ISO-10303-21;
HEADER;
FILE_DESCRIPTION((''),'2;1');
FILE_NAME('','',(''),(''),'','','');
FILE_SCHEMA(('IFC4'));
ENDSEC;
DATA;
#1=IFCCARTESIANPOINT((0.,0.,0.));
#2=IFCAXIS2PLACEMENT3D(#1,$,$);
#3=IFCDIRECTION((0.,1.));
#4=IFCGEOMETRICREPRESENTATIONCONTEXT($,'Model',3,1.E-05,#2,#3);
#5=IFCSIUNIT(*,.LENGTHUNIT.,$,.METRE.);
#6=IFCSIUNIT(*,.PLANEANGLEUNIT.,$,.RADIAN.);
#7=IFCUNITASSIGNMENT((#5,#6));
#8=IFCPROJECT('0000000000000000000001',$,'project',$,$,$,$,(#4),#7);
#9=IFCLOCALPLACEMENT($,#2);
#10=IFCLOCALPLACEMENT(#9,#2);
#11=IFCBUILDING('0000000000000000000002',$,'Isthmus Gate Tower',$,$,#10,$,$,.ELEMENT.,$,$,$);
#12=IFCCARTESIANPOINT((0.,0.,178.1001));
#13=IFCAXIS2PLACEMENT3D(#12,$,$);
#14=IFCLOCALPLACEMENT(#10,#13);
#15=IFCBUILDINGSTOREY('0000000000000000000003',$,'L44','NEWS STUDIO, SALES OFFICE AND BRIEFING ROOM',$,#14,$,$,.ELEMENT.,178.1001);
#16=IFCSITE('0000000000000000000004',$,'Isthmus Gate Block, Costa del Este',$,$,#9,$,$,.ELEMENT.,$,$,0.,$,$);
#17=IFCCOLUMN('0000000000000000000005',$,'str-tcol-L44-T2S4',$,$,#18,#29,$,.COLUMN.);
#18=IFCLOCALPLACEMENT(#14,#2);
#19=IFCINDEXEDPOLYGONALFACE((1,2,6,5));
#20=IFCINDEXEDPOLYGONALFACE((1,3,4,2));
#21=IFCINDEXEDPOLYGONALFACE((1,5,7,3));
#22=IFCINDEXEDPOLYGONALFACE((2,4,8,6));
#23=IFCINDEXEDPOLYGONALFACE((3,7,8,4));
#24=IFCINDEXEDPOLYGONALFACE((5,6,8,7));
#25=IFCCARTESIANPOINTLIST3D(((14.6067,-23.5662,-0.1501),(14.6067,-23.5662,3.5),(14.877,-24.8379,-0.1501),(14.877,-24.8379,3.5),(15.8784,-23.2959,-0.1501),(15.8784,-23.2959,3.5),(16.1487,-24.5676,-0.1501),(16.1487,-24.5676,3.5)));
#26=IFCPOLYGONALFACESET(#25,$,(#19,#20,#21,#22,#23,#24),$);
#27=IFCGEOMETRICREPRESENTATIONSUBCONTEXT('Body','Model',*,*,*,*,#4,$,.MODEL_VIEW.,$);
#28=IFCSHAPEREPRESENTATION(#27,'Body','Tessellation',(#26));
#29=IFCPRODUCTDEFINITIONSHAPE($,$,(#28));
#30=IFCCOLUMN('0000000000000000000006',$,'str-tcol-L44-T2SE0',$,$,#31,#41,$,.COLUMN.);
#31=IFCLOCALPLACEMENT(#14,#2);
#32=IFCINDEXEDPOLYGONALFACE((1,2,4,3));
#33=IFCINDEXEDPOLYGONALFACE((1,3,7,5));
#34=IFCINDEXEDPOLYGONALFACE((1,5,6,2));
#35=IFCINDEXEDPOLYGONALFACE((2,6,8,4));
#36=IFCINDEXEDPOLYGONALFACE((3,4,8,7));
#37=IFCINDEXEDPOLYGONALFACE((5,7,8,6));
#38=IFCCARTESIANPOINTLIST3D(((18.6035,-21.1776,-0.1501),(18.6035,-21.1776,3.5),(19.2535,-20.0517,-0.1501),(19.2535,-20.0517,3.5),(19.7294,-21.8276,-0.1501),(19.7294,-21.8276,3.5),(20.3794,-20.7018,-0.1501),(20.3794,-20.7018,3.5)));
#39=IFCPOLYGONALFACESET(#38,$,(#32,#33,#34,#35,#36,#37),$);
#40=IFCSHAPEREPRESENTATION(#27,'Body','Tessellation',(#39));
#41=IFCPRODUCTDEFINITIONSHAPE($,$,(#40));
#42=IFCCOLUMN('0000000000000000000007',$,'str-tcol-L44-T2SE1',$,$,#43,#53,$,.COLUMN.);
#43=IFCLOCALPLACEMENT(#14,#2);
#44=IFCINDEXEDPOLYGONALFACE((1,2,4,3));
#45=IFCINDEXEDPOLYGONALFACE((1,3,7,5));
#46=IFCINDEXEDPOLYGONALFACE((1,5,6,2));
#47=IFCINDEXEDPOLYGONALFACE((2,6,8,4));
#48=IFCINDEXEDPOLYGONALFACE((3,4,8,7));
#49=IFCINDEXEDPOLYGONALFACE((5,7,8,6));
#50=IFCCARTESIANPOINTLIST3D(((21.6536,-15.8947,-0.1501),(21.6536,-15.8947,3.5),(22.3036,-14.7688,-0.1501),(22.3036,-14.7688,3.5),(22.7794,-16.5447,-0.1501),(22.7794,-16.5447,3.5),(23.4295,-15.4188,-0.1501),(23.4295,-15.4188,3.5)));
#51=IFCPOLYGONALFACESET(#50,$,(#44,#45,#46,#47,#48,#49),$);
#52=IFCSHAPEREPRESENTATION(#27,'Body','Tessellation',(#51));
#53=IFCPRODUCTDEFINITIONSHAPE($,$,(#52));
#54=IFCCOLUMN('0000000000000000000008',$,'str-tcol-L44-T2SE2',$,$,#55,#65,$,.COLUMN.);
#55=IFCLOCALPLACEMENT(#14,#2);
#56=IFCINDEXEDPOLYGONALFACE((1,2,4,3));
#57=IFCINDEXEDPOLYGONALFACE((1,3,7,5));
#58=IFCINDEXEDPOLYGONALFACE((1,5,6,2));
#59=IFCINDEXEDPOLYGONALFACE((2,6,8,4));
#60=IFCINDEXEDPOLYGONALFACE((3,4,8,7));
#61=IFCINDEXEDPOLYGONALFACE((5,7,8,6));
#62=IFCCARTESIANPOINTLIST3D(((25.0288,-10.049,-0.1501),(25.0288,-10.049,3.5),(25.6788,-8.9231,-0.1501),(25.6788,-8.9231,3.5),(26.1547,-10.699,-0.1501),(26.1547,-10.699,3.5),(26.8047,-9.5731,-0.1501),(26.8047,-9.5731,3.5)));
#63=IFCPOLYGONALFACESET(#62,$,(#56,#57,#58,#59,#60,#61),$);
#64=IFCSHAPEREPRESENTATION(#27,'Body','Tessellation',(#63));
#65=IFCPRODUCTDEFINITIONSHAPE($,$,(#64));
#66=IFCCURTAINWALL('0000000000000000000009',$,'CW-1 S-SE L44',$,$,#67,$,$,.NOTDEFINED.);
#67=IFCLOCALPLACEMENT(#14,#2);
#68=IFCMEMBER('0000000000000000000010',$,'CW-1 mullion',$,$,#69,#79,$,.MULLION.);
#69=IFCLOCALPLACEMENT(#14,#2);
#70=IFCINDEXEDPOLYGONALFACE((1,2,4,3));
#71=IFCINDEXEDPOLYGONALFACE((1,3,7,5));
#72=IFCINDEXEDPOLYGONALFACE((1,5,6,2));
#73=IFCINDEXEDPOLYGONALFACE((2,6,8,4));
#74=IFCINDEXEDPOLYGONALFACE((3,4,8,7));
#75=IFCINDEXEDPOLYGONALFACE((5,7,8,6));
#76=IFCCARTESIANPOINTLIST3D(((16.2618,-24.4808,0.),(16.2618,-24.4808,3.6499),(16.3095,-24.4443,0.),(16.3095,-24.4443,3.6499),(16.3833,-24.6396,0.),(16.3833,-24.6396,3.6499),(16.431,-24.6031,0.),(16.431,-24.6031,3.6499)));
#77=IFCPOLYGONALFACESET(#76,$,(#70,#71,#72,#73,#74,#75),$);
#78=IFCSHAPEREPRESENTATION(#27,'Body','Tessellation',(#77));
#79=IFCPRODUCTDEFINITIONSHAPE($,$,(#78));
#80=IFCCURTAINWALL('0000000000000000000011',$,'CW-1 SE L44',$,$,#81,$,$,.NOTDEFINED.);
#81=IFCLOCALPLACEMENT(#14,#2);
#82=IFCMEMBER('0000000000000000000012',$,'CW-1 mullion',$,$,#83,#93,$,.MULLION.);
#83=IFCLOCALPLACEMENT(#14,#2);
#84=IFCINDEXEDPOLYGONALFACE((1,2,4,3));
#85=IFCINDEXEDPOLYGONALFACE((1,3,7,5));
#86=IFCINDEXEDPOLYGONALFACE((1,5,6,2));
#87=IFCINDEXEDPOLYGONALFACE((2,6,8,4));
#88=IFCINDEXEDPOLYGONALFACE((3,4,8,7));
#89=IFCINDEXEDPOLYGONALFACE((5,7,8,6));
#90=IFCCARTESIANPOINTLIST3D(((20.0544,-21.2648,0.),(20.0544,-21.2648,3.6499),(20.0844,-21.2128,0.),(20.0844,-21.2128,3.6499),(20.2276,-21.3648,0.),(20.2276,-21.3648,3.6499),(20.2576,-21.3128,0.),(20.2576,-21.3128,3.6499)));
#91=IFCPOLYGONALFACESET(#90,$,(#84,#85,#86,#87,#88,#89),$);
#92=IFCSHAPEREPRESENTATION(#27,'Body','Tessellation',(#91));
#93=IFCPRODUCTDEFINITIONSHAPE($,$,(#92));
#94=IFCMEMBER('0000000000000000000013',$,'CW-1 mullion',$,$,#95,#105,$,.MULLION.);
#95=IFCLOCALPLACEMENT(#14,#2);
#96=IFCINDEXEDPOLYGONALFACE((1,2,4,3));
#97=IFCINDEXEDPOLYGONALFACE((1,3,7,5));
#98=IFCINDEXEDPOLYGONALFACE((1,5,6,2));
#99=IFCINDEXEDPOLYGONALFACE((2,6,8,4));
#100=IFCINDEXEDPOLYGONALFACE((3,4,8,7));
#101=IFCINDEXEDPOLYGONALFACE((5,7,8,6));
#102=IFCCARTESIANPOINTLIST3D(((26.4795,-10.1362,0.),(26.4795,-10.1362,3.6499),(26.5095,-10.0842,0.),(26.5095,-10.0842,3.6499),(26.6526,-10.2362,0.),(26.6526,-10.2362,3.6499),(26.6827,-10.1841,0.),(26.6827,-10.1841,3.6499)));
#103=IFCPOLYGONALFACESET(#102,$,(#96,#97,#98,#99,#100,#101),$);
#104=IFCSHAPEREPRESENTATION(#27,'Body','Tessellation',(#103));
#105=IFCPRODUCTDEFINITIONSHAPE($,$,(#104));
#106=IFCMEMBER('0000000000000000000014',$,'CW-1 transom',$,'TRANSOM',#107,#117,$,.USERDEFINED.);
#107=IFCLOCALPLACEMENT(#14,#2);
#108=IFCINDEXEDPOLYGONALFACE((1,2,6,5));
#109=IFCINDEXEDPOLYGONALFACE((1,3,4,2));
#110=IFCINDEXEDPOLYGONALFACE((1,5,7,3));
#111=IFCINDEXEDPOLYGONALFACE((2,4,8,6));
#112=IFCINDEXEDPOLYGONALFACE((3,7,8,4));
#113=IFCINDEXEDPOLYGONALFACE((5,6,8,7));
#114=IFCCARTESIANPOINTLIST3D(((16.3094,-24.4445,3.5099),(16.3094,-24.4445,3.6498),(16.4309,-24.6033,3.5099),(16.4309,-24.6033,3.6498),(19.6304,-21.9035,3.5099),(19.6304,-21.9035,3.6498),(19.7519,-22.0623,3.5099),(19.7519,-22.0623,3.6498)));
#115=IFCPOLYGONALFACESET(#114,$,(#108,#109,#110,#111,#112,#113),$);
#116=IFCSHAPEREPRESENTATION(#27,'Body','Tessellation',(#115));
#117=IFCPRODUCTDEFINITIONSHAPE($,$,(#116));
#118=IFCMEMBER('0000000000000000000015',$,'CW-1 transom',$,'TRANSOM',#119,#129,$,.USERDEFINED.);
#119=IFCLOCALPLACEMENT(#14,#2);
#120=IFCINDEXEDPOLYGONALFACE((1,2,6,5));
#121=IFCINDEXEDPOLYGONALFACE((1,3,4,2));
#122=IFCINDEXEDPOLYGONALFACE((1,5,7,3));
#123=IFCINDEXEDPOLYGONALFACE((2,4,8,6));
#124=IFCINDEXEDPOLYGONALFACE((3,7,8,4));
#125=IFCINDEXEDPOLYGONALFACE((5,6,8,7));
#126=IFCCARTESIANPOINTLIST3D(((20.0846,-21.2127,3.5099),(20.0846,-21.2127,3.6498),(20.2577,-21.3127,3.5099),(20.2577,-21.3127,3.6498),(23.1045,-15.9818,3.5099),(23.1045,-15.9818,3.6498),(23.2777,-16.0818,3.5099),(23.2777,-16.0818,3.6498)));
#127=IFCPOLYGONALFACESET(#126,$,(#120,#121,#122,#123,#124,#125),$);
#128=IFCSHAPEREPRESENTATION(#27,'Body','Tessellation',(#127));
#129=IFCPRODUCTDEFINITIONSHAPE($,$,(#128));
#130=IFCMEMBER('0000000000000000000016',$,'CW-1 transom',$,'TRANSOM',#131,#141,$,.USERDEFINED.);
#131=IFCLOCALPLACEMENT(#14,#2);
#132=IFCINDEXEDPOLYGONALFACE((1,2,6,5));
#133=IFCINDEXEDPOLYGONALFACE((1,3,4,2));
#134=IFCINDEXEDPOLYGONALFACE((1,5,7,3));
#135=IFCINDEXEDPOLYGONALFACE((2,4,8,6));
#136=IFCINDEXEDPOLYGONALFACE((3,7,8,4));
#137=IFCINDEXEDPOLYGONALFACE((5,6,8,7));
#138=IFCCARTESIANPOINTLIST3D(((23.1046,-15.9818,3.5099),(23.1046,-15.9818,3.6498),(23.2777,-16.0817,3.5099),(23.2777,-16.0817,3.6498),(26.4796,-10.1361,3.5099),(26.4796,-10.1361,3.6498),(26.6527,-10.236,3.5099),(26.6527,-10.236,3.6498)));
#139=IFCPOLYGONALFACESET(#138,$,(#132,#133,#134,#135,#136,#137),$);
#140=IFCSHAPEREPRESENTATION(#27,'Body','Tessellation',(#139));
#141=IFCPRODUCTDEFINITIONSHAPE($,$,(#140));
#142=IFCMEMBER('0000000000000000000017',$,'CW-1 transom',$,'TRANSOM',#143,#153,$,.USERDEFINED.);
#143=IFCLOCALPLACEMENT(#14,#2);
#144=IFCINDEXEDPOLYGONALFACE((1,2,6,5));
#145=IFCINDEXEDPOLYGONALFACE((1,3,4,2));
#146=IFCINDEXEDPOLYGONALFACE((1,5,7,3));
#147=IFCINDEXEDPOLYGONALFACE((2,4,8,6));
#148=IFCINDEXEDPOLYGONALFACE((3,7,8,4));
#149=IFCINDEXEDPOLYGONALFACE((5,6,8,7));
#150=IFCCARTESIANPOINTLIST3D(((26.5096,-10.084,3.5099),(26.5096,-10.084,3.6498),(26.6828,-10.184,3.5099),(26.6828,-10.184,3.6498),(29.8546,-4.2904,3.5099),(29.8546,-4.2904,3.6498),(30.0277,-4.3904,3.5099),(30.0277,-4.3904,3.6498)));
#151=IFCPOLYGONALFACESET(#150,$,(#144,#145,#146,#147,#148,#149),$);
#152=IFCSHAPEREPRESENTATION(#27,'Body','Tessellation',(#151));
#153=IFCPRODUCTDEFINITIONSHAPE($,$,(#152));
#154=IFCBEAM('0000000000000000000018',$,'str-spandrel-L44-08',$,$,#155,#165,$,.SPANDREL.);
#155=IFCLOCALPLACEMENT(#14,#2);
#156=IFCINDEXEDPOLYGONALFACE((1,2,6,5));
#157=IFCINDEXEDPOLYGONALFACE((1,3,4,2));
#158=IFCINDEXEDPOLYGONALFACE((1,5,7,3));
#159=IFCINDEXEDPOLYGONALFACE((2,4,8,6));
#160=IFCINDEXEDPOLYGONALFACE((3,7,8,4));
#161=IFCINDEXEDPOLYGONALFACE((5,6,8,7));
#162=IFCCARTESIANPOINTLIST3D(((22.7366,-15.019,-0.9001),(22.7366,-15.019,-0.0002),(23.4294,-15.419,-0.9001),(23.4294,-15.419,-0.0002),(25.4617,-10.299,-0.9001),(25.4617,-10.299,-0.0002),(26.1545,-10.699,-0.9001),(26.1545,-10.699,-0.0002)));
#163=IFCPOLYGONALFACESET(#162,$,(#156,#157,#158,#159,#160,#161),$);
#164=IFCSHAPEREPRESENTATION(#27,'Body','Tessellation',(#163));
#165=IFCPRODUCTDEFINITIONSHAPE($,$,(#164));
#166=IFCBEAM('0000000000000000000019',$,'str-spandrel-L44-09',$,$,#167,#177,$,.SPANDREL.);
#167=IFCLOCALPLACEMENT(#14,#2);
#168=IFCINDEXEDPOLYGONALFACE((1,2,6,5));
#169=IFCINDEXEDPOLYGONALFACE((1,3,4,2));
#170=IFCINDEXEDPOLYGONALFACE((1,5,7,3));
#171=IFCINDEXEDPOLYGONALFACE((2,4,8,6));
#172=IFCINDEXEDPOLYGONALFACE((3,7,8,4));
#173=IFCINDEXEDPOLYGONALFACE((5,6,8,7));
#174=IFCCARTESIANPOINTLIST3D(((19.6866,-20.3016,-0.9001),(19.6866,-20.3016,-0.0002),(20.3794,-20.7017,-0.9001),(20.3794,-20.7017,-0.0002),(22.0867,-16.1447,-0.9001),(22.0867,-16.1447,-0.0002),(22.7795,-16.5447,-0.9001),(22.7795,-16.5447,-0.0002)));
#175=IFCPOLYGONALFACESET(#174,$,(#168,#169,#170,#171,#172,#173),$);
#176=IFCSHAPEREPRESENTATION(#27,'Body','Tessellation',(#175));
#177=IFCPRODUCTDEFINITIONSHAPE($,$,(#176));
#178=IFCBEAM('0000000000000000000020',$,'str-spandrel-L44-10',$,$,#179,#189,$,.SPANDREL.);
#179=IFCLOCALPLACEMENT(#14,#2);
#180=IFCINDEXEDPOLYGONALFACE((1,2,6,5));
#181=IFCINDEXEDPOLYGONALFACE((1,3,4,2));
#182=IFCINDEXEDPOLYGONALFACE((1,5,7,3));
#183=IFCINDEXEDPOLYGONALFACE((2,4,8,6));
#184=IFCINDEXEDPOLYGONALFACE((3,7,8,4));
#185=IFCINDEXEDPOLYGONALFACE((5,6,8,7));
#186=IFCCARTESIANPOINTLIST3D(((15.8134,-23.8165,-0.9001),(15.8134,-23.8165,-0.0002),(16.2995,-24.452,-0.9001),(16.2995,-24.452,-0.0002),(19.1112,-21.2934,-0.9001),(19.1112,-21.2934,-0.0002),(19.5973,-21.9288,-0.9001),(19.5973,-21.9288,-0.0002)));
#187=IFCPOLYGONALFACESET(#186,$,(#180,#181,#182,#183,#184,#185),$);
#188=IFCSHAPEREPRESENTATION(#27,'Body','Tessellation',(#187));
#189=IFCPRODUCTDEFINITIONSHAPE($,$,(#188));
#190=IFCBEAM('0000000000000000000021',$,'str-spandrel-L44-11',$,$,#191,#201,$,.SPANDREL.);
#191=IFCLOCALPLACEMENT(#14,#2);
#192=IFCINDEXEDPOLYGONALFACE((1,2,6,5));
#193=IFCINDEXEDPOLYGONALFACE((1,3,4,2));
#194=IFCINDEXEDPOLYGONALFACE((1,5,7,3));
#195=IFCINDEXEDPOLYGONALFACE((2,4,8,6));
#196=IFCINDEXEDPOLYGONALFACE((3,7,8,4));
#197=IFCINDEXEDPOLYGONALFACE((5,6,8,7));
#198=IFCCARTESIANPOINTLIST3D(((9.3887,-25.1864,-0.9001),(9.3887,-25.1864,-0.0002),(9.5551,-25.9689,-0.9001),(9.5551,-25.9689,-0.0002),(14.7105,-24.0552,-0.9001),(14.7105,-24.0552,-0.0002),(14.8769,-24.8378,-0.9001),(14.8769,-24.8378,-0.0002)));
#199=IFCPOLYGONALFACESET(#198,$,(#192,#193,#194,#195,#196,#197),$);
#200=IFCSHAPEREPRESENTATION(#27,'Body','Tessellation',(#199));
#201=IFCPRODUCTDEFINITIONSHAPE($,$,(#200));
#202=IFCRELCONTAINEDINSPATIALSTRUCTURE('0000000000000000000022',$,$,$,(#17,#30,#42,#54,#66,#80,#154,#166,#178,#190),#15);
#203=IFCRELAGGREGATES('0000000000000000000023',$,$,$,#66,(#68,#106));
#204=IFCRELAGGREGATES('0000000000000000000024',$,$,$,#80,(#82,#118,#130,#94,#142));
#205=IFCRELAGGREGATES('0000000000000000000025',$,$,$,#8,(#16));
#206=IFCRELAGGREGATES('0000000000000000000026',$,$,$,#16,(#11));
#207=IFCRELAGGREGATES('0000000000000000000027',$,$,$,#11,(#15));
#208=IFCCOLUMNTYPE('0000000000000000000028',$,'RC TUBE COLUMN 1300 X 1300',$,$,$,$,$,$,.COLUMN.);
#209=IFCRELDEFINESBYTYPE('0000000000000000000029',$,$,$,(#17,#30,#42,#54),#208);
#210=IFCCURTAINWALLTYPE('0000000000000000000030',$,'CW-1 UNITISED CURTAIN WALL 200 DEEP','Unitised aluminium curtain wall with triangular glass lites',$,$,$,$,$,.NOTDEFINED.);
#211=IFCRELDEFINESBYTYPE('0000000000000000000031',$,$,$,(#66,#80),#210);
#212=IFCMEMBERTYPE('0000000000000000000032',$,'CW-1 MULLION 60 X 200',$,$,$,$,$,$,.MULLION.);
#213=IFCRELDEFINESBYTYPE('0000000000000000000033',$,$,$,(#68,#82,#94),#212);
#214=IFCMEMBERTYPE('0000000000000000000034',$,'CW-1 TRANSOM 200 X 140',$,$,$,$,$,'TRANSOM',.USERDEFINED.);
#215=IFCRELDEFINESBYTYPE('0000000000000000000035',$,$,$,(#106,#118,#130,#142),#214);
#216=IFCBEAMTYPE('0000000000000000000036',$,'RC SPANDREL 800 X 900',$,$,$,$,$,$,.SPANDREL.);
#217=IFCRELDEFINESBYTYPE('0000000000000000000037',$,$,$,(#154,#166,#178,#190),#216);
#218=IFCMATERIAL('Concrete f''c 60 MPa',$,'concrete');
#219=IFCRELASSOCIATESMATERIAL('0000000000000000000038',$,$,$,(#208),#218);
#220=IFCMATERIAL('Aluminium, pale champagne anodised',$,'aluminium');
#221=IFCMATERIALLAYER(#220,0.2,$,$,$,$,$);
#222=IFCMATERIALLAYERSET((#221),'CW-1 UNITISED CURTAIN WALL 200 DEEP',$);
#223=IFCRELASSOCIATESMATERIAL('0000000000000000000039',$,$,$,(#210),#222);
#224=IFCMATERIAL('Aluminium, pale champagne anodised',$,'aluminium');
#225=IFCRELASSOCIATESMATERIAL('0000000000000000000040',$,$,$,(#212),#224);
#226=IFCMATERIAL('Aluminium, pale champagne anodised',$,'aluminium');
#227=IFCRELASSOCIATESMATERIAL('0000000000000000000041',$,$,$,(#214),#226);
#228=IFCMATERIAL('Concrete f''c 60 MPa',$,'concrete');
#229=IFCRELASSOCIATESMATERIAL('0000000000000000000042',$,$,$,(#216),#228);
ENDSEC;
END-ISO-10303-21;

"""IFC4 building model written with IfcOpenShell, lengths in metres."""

from ifc_helpers import new_model, si_unit, direction, frame, origin, origin_2d, place, context, subcontext, project, spatial, rectangle, extrude, material, layer, layer_set, material_profile, profile_set, type_object, element, aggregate, save


model = new_model("IFC4")

# Units and contexts
model_context = context("Model", 3, precision=1e-05, world=origin(), true_north=direction((0.0, 1.0)))
body_context = subcontext(model_context, "Body", "Model", "MODEL_VIEW")
ifc_project = project(units=[si_unit("LENGTHUNIT", "METRE"), si_unit("PLANEANGLEUNIT", "RADIAN")], contexts=[model_context])

# Site, building, storey
site_placement = place(None, origin())
site = spatial("IfcSite", under=ifc_project, at=site_placement, Name="Isthmus Gate Block, Costa del Este", CompositionType="ELEMENT", RefElevation=0.0)
building_placement = place(site_placement, origin())
building = spatial("IfcBuilding", under=site, at=building_placement, Name="Isthmus Gate Tower", CompositionType="ELEMENT")
storey_placement = place(building_placement, frame((0.0, 0.0, 178.1001)))
storey = spatial("IfcBuildingStorey", under=building, at=storey_placement, Name="L44", Description="NEWS STUDIO, SALES OFFICE AND BRIEFING ROOM", CompositionType="ELEMENT", Elevation=178.1001)

# Columns
ifc_material_1 = material(Name="Concrete f'c 60 MPa", Category="concrete")
ifc_material_profile_1 = material_profile(ifc_material_1, rectangle(XDim=1.3, YDim=1.3, at=origin_2d()), Name="RC 1300X1300")
ifc_profile_set_1 = profile_set([ifc_material_profile_1], Name="Concrete f'c 60 MPa")
column_type = type_object("IfcColumnType", Name="RC TUBE COLUMN 1300 X 1300", PredefinedType="COLUMN", material=ifc_profile_set_1)
for number, where, z_axis, x_axis, name in (
    (1, (15.3777, -24.0669, -0.1501), (0.0, 0.0, 1.0), (0.978148, 0.207912, 0.0), "str-tcol-L44-T2S4"),
    (2, (19.4915, -20.9397, -0.1501), (0.0, 0.0, 1.0), (0.5, 0.866025, 0.0), "str-tcol-L44-T2SE0"),
    (3, (22.5415, -15.6567, -0.1501), (0.0, 0.0, 1.0), (0.5, 0.866025, 0.0), "str-tcol-L44-T2SE1"),
    (4, (25.9167, -9.811, -0.1501), (0.0, 0.0, 1.0), (0.5, 0.866025, 0.0), "str-tcol-L44-T2SE2"),
):
    element("IfcColumn", number, at=place(storey_placement, frame(where, z_axis=z_axis, x_axis=x_axis)), inside=storey, type_object=column_type, Name=name, PredefinedType="COLUMN", context=body_context, shape_type="SweptSolid", body=[
        extrude(rectangle(XDim=1.3, YDim=1.3, at=origin_2d()), origin(), (0.0, 0.0, 1.0), 3.6501),
    ])

# Curtain wall, member
ifc_material_2 = material(Name="Aluminium, pale champagne anodised", Category="aluminium")
ifc_layer_1 = layer(ifc_material_2, 0.2)
ifc_layer_set_1 = layer_set([ifc_layer_1], Name="CW-1 UNITISED CURTAIN WALL 200 DEEP")
curtain_wall_type = type_object("IfcCurtainWallType", Name="CW-1 UNITISED CURTAIN WALL 200 DEEP", Description="Unitised aluminium curtain wall with triangular glass lites", PredefinedType="NOTDEFINED", material=ifc_layer_set_1)
curtain_wall_1_placement = place(storey_placement, origin())
curtain_wall_1 = element("IfcCurtainWall", 5, at=curtain_wall_1_placement, inside=storey, type_object=curtain_wall_type, Name="CW-1 S-SE L44", PredefinedType="NOTDEFINED")
ifc_material_3 = material(Name="Aluminium, pale champagne anodised", Category="aluminium")
ifc_material_profile_2 = material_profile(ifc_material_3, rectangle(XDim=0.0601, YDim=0.2, at=origin_2d()), Name="60x200")
ifc_profile_set_2 = profile_set([ifc_material_profile_2], Name="Aluminium, pale champagne anodised")
member_type_1 = type_object("IfcMemberType", Name="CW-1 MULLION 60 X 200", PredefinedType="MULLION", material=ifc_profile_set_2)
member_1_placement = place(storey_placement, frame((16.3464, -24.542, 0.0), z_axis=(0.0, 0.0, 1.0), x_axis=(0.794189, 0.607671, 0.0)))
member_1 = element("IfcMember", 6, at=member_1_placement, type_object=member_type_1, Name="CW-1 mullion", PredefinedType="MULLION", context=body_context, shape_type="SweptSolid", body=[
    extrude(rectangle(XDim=0.0601, YDim=0.2, at=origin_2d()), origin(), (0.0, 0.0, 1.0), 3.6499),
])

# Curtain wall, members
curtain_wall_2_placement = place(storey_placement, origin())
curtain_wall_2 = element("IfcCurtainWall", 7, at=curtain_wall_2_placement, inside=storey, type_object=curtain_wall_type, Name="CW-1 SE L44", PredefinedType="NOTDEFINED")
member_2_placement = place(storey_placement, frame((20.156, -21.2888, 0.0), z_axis=(0.0, 0.0, 1.0), x_axis=(0.5, 0.866025, 0.0)))
member_2 = element("IfcMember", 8, at=member_2_placement, type_object=member_type_1, Name="CW-1 mullion", PredefinedType="MULLION", context=body_context, shape_type="SweptSolid", body=[
    extrude(rectangle(XDim=0.0601, YDim=0.2, at=origin_2d()), origin(), (0.0, 0.0, 1.0), 3.6499),
])
member_3_placement = place(storey_placement, frame((26.5811, -10.1602, 0.0), z_axis=(0.0, 0.0, 1.0), x_axis=(0.5, 0.866025, 0.0)))
member_3 = element("IfcMember", 9, at=member_3_placement, type_object=member_type_1, Name="CW-1 mullion", PredefinedType="MULLION", context=body_context, shape_type="SweptSolid", body=[
    extrude(rectangle(XDim=0.0601, YDim=0.2, at=origin_2d()), origin(), (0.0, 0.0, 1.0), 3.6499),
])

# Members
ifc_material_4 = material(Name="Aluminium, pale champagne anodised", Category="aluminium")
ifc_material_profile_3 = material_profile(ifc_material_4, rectangle(XDim=0.2, YDim=0.1399, at=origin_2d()), Name="200x140")
ifc_profile_set_3 = profile_set([ifc_material_profile_3], Name="Aluminium, pale champagne anodised")
member_type_2 = type_object("IfcMemberType", Name="CW-1 TRANSOM 200 X 140", ElementType="TRANSOM", PredefinedType="USERDEFINED", material=ifc_profile_set_3)
member_4_placement = place(storey_placement, frame((16.3701, -24.5239, 3.5798), z_axis=(0.794197, 0.60766, 0.0), x_axis=(-0.60766, 0.794197, 0.0)))
member_4 = element("IfcMember", 10, at=member_4_placement, type_object=member_type_2, Name="CW-1 transom", ObjectType="TRANSOM", PredefinedType="USERDEFINED", context=body_context, shape_type="SweptSolid", body=[
    extrude(rectangle(XDim=0.2, YDim=0.1399, at=origin_2d()), origin(), (0.0, 0.0, 1.0), 4.1816),
])
member_5_placement = place(storey_placement, frame((20.1711, -21.2627, 3.5798), z_axis=(0.499991, 0.866031, 0.0), x_axis=(-0.866031, 0.499991, 0.0)))
member_5 = element("IfcMember", 11, at=member_5_placement, type_object=member_type_2, Name="CW-1 transom", ObjectType="TRANSOM", PredefinedType="USERDEFINED", context=body_context, shape_type="SweptSolid", body=[
    extrude(rectangle(XDim=0.2, YDim=0.1399, at=origin_2d()), origin(), (0.0, 0.0, 1.0), 6.04),
])
member_6_placement = place(storey_placement, frame((23.1912, -16.0317, 3.5798), z_axis=(0.499998, 0.866027, 0.0), x_axis=(-0.866027, 0.499998, 0.0)))
member_6 = element("IfcMember", 12, at=member_6_placement, type_object=member_type_2, Name="CW-1 transom", ObjectType="TRANSOM", PredefinedType="USERDEFINED", context=body_context, shape_type="SweptSolid", body=[
    extrude(rectangle(XDim=0.2, YDim=0.1399, at=origin_2d()), origin(), (0.0, 0.0, 1.0), 6.75),
])
member_7_placement = place(storey_placement, frame((26.5962, -10.134, 3.5798), z_axis=(0.499997, 0.866027, 0.0), x_axis=(-0.866027, 0.499997, 0.0)))
member_7 = element("IfcMember", 13, at=member_7_placement, type_object=member_type_2, Name="CW-1 transom", ObjectType="TRANSOM", PredefinedType="USERDEFINED", context=body_context, shape_type="SweptSolid", body=[
    extrude(rectangle(XDim=0.2, YDim=0.1399, at=origin_2d()), origin(), (0.0, 0.0, 1.0), 6.6899),
])

# Beams
ifc_material_5 = material(Name="Concrete f'c 60 MPa", Category="concrete")
ifc_material_profile_4 = material_profile(ifc_material_5, rectangle(XDim=0.8, YDim=0.8999, at=origin_2d()), Name="RC 800X900")
ifc_profile_set_4 = profile_set([ifc_material_profile_4], Name="Concrete f'c 60 MPa")
beam_type_1 = type_object("IfcBeamType", Name="RC SPANDREL 800 X 900", PredefinedType="SPANDREL", material=ifc_profile_set_4)
beam_1_placement = place(storey_placement, frame((25.8081, -10.499, -0.4502), z_axis=(-0.500003, -0.866024, 0.0), x_axis=(0.866024, -0.500003, 0.0)))
element("IfcBeam", 14, at=beam_1_placement, inside=storey, type_object=beam_type_1, Name="str-spandrel-L44-08", PredefinedType="SPANDREL", context=body_context, shape_type="SweptSolid", body=[
    extrude(rectangle(XDim=0.8, YDim=0.8999, at=origin_2d()), origin(), (0.0, 0.0, 1.0), 5.4502),
])
beam_2_placement = place(storey_placement, frame((22.4331, -16.3447, -0.4502), z_axis=(-0.500017, -0.866015, 0.0), x_axis=(0.866015, -0.500017, 0.0)))
element("IfcBeam", 15, at=beam_2_placement, inside=storey, type_object=beam_type_1, Name="str-spandrel-L44-09", PredefinedType="SPANDREL", context=body_context, shape_type="SweptSolid", body=[
    extrude(rectangle(XDim=0.8, YDim=0.8999, at=origin_2d()), origin(), (0.0, 0.0, 1.0), 4.8),
])
beam_3_placement = place(storey_placement, frame((19.3542, -21.6111, -0.4502), z_axis=(-0.794206, -0.607649, 0.0), x_axis=(0.607649, -0.794206, 0.0)))
element("IfcBeam", 16, at=beam_3_placement, inside=storey, type_object=beam_type_1, Name="str-spandrel-L44-10", PredefinedType="SPANDREL", context=body_context, shape_type="SweptSolid", body=[
    extrude(rectangle(XDim=0.8, YDim=0.8999, at=origin_2d()), origin(), (0.0, 0.0, 1.0), 4.1523),
])
beam_4_placement = place(storey_placement, frame((14.7937, -24.4465, -0.4502), z_axis=(-0.97815, -0.207898, 0.0), x_axis=(0.207898, -0.97815, 0.0)))
element("IfcBeam", 17, at=beam_4_placement, inside=storey, type_object=beam_type_1, Name="str-spandrel-L44-11", PredefinedType="SPANDREL", context=body_context, shape_type="SweptSolid", body=[
    extrude(rectangle(XDim=0.8, YDim=0.8999, at=origin_2d()), origin(), (0.0, 0.0, 1.0), 5.4407),
])

aggregate(curtain_wall_1, [member_1, member_4])
aggregate(curtain_wall_2, [member_2, member_5, member_6, member_3, member_7])

save(model, "model.ifc")
